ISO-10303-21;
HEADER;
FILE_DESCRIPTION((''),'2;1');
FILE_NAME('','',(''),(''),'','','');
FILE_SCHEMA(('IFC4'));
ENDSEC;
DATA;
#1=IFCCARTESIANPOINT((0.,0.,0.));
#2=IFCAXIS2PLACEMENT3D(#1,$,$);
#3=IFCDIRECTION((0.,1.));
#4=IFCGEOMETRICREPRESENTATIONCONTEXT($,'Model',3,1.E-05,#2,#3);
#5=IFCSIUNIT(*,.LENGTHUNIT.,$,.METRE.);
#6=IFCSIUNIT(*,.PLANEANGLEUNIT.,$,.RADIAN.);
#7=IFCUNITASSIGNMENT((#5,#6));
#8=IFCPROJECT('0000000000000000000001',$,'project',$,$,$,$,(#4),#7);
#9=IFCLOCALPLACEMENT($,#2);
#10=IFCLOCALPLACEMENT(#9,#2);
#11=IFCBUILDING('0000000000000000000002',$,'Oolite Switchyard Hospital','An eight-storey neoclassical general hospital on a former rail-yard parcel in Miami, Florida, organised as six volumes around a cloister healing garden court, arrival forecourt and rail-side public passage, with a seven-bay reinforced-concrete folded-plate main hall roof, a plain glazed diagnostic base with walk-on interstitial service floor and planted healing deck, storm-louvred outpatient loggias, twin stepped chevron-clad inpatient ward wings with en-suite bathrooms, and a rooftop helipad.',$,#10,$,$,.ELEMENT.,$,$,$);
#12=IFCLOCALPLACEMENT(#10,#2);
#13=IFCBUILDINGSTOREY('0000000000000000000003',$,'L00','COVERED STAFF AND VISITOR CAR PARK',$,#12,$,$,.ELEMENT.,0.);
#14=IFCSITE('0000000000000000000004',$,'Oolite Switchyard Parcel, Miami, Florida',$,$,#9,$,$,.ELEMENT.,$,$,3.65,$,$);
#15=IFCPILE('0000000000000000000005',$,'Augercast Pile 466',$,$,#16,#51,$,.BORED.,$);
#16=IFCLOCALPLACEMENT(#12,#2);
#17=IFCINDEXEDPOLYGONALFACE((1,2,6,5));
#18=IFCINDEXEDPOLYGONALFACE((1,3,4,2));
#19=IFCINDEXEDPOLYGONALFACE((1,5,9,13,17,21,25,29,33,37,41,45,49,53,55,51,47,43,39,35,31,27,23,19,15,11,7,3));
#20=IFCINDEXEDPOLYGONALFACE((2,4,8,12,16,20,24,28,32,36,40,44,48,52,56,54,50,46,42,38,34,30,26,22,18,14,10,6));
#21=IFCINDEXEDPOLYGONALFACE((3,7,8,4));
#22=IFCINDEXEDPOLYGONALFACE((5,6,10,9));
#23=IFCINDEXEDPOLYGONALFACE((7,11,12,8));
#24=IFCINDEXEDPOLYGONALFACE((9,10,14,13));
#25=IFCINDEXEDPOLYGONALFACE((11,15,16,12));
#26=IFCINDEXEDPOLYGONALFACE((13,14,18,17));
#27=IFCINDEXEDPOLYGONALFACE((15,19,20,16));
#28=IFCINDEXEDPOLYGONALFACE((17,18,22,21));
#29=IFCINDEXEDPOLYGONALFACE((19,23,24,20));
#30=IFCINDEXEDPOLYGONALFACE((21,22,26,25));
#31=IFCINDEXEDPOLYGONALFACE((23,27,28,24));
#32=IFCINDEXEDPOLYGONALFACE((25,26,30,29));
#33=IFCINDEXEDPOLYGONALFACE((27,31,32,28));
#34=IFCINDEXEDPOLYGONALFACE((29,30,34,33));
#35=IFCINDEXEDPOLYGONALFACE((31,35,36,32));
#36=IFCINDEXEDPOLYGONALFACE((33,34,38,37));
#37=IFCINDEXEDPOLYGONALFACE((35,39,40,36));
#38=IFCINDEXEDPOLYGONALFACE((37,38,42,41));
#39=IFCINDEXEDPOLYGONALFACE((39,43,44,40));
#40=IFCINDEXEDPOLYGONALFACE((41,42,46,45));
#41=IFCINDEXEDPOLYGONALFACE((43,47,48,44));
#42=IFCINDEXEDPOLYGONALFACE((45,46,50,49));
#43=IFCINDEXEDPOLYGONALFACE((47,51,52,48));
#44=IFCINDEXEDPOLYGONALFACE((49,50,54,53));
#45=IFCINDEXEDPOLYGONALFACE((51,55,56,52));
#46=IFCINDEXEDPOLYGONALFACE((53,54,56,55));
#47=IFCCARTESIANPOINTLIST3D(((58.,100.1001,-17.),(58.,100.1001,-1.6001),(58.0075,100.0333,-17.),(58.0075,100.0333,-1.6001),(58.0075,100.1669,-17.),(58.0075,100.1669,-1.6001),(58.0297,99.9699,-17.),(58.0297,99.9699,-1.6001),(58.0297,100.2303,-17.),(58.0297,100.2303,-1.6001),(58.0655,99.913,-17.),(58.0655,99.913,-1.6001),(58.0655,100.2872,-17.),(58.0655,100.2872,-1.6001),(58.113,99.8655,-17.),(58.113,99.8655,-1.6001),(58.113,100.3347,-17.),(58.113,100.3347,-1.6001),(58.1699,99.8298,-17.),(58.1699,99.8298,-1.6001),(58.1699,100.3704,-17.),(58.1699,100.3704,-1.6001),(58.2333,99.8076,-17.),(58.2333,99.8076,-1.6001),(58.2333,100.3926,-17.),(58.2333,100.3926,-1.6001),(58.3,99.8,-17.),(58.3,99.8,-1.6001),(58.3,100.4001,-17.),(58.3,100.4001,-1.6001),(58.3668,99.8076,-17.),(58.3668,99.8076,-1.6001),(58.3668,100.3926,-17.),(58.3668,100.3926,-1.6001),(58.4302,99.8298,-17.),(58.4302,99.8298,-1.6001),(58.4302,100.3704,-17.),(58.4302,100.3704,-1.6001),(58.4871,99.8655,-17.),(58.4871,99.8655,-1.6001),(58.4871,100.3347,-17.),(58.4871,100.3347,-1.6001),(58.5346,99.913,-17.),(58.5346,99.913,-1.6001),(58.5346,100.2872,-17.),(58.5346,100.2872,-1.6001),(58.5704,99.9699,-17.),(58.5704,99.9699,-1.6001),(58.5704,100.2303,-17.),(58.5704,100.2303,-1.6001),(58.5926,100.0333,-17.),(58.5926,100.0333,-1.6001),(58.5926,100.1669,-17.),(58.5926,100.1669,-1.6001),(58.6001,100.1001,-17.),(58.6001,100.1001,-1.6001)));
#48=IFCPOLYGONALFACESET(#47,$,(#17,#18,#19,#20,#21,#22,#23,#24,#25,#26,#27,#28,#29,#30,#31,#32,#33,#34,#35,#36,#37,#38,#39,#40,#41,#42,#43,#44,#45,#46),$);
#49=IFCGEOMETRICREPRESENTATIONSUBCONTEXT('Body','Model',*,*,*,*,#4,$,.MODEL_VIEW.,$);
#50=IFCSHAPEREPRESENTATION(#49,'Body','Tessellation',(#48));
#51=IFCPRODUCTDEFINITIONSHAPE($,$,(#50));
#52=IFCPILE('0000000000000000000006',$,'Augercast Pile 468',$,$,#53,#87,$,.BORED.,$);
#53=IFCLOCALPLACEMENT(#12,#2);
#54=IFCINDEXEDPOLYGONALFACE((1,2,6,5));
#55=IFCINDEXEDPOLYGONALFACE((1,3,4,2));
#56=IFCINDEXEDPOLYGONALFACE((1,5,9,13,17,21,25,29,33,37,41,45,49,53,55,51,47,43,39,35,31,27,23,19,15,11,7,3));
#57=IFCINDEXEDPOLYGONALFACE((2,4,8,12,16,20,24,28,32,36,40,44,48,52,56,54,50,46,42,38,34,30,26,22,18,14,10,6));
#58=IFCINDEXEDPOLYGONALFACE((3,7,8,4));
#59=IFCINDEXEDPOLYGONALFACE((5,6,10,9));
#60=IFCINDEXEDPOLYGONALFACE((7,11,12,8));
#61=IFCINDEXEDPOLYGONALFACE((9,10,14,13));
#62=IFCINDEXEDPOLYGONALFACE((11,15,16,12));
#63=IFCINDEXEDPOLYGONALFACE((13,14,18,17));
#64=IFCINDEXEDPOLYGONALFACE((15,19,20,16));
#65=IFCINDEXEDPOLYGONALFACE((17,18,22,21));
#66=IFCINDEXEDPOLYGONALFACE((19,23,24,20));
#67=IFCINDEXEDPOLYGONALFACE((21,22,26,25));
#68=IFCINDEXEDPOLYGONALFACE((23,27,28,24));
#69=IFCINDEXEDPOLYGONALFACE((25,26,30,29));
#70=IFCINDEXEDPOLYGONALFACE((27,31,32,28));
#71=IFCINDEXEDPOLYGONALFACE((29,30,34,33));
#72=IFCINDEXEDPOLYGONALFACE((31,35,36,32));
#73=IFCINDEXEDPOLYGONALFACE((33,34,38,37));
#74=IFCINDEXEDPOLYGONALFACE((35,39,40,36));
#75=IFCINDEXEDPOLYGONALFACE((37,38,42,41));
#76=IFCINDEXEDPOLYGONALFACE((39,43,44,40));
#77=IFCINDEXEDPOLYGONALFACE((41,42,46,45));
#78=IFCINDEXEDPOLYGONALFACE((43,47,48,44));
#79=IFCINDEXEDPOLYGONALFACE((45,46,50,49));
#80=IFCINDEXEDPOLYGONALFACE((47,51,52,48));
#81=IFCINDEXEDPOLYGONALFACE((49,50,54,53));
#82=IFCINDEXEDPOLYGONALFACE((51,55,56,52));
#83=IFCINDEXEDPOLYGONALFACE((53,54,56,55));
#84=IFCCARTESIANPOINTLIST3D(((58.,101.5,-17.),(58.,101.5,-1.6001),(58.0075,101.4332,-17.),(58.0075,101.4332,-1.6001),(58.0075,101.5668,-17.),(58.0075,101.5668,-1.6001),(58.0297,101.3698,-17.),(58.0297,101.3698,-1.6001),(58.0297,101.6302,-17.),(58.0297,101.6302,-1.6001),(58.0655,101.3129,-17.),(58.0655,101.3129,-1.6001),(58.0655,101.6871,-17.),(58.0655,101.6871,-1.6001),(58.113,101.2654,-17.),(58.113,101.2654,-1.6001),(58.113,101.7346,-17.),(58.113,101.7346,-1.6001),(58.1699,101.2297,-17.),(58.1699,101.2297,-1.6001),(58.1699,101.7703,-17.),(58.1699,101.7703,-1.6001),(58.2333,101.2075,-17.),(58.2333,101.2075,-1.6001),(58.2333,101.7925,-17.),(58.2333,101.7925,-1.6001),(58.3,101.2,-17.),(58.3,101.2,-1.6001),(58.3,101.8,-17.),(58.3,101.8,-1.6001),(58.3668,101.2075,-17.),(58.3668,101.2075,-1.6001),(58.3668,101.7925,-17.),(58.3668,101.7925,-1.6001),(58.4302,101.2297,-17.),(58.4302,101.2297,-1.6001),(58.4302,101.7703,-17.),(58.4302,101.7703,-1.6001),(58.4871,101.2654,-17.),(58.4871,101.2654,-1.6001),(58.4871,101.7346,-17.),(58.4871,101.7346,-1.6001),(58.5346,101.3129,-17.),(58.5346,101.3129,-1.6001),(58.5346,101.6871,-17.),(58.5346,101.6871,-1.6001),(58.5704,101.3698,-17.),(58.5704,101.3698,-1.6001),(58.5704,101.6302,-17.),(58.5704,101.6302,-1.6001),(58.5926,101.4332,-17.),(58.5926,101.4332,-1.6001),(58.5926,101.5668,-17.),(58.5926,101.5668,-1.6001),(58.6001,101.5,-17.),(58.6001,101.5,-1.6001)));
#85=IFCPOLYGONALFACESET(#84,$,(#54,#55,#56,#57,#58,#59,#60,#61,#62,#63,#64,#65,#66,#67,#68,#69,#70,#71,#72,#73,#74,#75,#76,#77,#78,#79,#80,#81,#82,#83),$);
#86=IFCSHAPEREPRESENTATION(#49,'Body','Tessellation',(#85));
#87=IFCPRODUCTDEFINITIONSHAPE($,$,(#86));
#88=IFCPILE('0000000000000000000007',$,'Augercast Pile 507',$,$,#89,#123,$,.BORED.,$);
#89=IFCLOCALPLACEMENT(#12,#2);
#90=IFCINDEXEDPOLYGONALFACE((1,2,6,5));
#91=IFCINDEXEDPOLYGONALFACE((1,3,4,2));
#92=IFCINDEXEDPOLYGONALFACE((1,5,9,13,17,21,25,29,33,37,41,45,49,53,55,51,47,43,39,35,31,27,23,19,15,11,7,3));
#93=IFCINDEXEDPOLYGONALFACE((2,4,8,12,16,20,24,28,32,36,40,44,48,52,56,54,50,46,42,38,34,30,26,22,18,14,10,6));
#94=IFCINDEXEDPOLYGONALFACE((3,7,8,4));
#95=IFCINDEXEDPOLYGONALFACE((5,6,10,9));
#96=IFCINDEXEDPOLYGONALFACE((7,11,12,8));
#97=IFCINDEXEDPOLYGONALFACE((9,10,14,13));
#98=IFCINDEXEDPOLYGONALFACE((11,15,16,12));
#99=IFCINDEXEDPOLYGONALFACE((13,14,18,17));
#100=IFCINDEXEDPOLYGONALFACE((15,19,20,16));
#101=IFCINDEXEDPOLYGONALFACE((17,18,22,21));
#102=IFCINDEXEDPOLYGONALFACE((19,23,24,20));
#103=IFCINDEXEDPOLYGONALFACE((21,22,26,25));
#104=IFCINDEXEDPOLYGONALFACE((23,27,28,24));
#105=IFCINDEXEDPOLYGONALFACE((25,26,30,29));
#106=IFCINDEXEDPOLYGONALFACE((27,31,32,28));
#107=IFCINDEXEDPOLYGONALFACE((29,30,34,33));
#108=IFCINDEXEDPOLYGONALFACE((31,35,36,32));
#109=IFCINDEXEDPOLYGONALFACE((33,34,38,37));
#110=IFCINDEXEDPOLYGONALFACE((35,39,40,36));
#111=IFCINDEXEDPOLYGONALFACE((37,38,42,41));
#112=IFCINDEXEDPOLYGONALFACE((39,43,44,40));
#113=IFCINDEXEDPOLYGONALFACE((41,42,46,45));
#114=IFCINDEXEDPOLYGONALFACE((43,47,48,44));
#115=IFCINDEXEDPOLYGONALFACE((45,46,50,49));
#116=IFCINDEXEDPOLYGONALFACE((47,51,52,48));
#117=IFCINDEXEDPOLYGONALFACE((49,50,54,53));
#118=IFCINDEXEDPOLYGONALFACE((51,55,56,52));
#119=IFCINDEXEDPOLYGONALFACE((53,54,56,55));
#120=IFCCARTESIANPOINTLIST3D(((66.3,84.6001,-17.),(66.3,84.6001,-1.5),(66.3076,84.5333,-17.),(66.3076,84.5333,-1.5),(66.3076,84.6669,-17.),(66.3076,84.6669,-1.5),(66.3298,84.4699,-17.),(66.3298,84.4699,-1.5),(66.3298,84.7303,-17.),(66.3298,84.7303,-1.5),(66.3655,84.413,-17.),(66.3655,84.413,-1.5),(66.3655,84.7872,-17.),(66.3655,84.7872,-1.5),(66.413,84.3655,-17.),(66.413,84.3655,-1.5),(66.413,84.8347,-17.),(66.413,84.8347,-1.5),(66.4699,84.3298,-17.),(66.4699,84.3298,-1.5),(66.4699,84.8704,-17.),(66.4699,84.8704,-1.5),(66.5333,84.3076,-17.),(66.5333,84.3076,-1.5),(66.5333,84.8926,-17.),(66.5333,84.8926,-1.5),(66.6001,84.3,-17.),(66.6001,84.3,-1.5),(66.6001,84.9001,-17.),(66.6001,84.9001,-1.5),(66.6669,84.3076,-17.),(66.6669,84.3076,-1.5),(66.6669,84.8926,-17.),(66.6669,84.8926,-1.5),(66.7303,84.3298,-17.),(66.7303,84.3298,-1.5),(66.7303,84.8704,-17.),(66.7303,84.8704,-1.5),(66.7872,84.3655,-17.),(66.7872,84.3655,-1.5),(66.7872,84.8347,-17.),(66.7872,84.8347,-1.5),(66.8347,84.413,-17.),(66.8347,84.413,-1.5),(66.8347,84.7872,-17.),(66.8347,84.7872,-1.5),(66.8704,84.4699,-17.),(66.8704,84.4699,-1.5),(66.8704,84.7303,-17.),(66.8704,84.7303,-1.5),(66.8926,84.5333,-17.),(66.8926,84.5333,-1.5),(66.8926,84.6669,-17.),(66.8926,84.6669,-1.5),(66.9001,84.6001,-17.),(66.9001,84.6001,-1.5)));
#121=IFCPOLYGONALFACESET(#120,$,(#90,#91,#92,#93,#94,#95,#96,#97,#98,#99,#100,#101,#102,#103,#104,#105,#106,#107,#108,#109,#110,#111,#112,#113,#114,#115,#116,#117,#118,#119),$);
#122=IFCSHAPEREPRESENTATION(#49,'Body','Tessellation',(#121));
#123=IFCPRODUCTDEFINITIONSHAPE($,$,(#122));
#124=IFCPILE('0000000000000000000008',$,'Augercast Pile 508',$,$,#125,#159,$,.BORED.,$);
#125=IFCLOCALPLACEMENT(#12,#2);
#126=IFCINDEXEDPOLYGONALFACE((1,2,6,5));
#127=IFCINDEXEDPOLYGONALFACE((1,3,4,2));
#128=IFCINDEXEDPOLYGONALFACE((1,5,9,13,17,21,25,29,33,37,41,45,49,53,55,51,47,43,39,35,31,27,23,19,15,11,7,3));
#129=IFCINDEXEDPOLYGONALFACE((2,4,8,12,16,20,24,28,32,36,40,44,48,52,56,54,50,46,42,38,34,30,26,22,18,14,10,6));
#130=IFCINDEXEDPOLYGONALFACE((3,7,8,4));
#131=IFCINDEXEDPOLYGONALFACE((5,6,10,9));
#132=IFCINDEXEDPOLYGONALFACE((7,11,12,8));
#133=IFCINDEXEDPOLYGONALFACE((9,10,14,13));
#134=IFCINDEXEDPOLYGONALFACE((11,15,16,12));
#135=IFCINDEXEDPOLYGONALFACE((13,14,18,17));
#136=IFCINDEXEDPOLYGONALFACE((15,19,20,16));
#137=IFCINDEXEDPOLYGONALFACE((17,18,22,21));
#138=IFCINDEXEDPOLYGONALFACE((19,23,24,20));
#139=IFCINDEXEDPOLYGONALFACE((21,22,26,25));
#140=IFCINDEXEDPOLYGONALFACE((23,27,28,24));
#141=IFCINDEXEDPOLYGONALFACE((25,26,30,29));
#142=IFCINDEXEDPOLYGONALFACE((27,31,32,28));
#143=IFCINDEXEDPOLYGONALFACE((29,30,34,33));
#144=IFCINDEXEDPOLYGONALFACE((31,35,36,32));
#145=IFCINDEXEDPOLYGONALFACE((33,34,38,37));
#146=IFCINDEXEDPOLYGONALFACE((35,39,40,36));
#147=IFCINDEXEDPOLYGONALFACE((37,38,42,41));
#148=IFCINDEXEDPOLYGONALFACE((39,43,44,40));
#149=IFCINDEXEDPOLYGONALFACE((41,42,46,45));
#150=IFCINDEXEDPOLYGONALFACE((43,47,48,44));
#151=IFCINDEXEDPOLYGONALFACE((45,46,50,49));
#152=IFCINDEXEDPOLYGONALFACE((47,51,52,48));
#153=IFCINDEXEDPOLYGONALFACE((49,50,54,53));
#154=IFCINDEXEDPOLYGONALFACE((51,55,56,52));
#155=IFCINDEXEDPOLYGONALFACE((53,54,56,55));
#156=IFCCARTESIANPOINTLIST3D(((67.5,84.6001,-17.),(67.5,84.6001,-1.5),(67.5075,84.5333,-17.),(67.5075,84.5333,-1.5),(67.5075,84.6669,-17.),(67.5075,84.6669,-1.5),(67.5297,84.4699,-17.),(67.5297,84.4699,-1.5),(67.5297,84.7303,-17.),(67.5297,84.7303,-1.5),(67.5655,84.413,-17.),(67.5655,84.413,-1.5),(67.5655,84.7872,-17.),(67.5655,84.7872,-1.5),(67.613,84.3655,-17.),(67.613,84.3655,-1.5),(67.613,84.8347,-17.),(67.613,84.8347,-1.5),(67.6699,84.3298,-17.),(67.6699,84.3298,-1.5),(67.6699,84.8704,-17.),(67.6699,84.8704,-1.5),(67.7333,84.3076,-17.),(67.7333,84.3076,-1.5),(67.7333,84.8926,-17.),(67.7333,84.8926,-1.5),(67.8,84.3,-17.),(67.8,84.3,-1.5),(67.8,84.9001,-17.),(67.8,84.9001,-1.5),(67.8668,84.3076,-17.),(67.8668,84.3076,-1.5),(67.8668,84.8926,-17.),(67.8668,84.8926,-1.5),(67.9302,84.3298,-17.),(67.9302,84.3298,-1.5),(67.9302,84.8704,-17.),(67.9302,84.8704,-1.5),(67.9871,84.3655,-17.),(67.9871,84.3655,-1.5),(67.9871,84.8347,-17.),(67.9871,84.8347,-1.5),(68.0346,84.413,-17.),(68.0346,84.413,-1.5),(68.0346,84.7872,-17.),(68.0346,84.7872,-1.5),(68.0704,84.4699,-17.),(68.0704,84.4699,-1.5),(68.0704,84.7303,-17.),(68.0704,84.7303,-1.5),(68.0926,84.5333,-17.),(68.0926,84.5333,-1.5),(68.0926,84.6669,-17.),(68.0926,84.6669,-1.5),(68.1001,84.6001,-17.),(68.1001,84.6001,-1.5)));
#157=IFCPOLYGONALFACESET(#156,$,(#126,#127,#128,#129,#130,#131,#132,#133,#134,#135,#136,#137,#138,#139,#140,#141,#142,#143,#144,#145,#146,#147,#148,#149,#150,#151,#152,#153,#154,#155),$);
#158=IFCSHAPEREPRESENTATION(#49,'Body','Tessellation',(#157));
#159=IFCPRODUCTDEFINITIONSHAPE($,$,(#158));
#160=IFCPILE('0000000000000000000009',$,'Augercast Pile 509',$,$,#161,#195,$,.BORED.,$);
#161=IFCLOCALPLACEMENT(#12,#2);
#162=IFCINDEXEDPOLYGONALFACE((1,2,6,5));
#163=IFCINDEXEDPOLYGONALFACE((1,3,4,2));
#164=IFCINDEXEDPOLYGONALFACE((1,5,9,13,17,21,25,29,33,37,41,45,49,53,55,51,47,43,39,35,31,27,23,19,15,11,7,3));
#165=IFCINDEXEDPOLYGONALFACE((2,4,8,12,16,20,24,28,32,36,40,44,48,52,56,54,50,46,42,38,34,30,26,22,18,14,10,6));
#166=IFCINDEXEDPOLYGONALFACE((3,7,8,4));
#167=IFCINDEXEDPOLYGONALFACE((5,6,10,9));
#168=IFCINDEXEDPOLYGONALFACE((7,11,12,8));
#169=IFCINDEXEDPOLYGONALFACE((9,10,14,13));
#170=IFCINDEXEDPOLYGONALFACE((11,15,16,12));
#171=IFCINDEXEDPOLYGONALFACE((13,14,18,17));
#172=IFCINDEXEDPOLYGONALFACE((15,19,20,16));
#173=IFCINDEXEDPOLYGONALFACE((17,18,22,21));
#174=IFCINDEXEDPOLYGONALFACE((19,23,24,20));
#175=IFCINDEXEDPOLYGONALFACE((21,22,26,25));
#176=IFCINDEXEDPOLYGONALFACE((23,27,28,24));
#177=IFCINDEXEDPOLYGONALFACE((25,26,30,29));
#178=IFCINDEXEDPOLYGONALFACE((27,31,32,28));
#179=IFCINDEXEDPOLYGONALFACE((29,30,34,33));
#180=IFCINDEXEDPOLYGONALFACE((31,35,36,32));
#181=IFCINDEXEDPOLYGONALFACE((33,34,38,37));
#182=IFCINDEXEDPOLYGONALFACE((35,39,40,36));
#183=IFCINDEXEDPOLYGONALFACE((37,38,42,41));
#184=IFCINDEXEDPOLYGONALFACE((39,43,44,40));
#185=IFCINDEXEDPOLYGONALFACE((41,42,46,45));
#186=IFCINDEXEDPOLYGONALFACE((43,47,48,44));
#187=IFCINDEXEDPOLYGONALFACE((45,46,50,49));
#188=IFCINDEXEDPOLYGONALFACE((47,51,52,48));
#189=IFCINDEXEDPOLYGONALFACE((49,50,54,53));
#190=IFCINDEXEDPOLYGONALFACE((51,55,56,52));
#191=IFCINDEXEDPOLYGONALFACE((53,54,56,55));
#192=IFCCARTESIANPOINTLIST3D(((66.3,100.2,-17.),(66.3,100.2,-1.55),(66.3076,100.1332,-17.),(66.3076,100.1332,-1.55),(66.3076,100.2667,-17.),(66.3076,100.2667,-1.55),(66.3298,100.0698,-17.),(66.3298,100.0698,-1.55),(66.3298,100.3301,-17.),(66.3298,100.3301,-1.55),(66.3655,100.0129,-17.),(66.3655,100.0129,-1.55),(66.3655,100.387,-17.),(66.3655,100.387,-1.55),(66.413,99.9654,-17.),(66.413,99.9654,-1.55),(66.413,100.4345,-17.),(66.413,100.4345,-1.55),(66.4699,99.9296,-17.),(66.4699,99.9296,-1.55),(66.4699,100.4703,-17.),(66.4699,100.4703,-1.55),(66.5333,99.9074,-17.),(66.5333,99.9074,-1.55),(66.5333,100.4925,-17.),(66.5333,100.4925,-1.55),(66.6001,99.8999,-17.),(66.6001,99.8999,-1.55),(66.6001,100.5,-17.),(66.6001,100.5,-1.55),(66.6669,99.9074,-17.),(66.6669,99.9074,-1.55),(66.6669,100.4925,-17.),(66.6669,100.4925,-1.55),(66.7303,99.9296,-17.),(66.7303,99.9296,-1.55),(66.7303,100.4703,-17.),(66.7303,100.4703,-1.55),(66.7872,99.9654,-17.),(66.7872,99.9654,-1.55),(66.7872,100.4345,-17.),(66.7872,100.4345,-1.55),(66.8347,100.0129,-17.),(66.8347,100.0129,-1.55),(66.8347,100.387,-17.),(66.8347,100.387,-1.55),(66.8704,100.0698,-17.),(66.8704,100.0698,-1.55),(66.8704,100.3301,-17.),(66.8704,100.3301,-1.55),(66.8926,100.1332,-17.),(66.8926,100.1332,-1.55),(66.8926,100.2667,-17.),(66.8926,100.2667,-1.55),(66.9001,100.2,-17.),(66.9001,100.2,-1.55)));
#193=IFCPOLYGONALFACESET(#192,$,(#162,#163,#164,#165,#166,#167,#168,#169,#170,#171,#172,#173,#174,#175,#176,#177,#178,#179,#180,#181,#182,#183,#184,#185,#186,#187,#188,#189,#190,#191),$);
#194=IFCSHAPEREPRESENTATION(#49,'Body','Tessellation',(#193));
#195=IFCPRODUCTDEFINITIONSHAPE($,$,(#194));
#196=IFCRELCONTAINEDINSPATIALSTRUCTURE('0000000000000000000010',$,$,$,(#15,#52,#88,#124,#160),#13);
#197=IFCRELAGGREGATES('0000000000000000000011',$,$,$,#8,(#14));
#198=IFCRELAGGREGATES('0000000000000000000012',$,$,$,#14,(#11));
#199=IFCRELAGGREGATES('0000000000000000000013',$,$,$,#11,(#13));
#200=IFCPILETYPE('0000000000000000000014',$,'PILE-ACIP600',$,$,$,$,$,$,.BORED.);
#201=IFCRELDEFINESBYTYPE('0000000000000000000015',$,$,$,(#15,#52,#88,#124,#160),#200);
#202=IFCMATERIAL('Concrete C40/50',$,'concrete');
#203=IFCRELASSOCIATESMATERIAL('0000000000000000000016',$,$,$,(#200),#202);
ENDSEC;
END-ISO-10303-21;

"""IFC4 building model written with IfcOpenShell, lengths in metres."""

from ifc_helpers import new_model, si_unit, direction, frame, origin, origin_2d, place, context, subcontext, project, spatial, circle, extrude, material, material_profile, profile_set, type_object, element, save


model = new_model("IFC4")

# Units and contexts
model_context = context("Model", 3, precision=1e-05, world=origin(), true_north=direction((0.0, 1.0)))
body_context = subcontext(model_context, "Body", "Model", "MODEL_VIEW")
ifc_project = project(units=[si_unit("LENGTHUNIT", "METRE"), si_unit("PLANEANGLEUNIT", "RADIAN")], contexts=[model_context])

# Site, building, storey
site_placement = place(None, origin())
site = spatial("IfcSite", under=ifc_project, at=site_placement, Name="Oolite Switchyard Parcel, Miami, Florida", CompositionType="ELEMENT", RefElevation=3.65)
building_placement = place(site_placement, origin())
building = spatial("IfcBuilding", under=site, at=building_placement, Name="Oolite Switchyard Hospital", Description="An eight-storey neoclassical general hospital on a former rail-yard parcel in Miami, Florida, organised as six volumes around a cloister healing garden court, arrival forecourt and rail-side public passage, with a seven-bay reinforced-concrete folded-plate main hall roof, a plain glazed diagnostic base with walk-on interstitial service floor and planted healing deck, storm-louvred outpatient loggias, twin stepped chevron-clad inpatient ward wings with en-suite bathrooms, and a rooftop helipad.", CompositionType="ELEMENT")
storey_placement = place(building_placement, origin())
storey = spatial("IfcBuildingStorey", under=building, at=storey_placement, Name="L00", Description="COVERED STAFF AND VISITOR CAR PARK", CompositionType="ELEMENT", Elevation=0.0)

# Shared definitions
ifc_material_1 = material(Name="Concrete C40/50", Category="concrete")

# Piles
ifc_material_profile_1 = material_profile(ifc_material_1, circle(Radius=0.3, at=origin_2d()), Name="PILE600")
ifc_profile_set_1 = profile_set([ifc_material_profile_1], Name="Concrete C40/50")
pile_type = type_object("IfcPileType", Name="PILE-ACIP600", PredefinedType="BORED", material=ifc_profile_set_1)
for number, where, z_axis, x_axis, name in (
    (1, (58.3, 100.1001, -1.6001), (0.0, 0.0, -1.0), (1.0, 0.0, 0.0), "Augercast Pile 466"),
    (2, (58.3, 101.5, -1.6001), (0.0, 0.0, -1.0), (1.0, 0.0, 0.0), "Augercast Pile 468"),
):
    element("IfcPile", number, at=place(storey_placement, frame(where, z_axis=z_axis, x_axis=x_axis)), inside=storey, type_object=pile_type, Name=name, PredefinedType="BORED", context=body_context, shape_type="SweptSolid", body=[
        extrude(circle(Radius=0.3, at=origin_2d()), origin(), (0.0, 0.0, 1.0), 15.3999),
    ])
for number, where, z_axis, x_axis, name in (
    (3, (66.6001, 84.6001, -1.5), (0.0, 0.0, -1.0), (1.0, 0.0, 0.0), "Augercast Pile 507"),
    (4, (67.8, 84.6001, -1.5), (0.0, 0.0, -1.0), (1.0, 0.0, 0.0), "Augercast Pile 508"),
):
    element("IfcPile", number, at=place(storey_placement, frame(where, z_axis=z_axis, x_axis=x_axis)), inside=storey, type_object=pile_type, Name=name, PredefinedType="BORED", context=body_context, shape_type="SweptSolid", body=[
        extrude(circle(Radius=0.3, at=origin_2d()), origin(), (0.0, 0.0, 1.0), 15.5),
    ])
for number, where, z_axis, x_axis, name in (
    (5, (66.6001, 100.2, -1.55), (0.0, 0.0, -1.0), (1.0, 0.0, 0.0), "Augercast Pile 509"),
):
    element("IfcPile", number, at=place(storey_placement, frame(where, z_axis=z_axis, x_axis=x_axis)), inside=storey, type_object=pile_type, Name=name, PredefinedType="BORED", context=body_context, shape_type="SweptSolid", body=[
        extrude(circle(Radius=0.3, at=origin_2d()), origin(), (0.0, 0.0, 1.0), 15.45),
    ])

save(model, "model.ifc")
